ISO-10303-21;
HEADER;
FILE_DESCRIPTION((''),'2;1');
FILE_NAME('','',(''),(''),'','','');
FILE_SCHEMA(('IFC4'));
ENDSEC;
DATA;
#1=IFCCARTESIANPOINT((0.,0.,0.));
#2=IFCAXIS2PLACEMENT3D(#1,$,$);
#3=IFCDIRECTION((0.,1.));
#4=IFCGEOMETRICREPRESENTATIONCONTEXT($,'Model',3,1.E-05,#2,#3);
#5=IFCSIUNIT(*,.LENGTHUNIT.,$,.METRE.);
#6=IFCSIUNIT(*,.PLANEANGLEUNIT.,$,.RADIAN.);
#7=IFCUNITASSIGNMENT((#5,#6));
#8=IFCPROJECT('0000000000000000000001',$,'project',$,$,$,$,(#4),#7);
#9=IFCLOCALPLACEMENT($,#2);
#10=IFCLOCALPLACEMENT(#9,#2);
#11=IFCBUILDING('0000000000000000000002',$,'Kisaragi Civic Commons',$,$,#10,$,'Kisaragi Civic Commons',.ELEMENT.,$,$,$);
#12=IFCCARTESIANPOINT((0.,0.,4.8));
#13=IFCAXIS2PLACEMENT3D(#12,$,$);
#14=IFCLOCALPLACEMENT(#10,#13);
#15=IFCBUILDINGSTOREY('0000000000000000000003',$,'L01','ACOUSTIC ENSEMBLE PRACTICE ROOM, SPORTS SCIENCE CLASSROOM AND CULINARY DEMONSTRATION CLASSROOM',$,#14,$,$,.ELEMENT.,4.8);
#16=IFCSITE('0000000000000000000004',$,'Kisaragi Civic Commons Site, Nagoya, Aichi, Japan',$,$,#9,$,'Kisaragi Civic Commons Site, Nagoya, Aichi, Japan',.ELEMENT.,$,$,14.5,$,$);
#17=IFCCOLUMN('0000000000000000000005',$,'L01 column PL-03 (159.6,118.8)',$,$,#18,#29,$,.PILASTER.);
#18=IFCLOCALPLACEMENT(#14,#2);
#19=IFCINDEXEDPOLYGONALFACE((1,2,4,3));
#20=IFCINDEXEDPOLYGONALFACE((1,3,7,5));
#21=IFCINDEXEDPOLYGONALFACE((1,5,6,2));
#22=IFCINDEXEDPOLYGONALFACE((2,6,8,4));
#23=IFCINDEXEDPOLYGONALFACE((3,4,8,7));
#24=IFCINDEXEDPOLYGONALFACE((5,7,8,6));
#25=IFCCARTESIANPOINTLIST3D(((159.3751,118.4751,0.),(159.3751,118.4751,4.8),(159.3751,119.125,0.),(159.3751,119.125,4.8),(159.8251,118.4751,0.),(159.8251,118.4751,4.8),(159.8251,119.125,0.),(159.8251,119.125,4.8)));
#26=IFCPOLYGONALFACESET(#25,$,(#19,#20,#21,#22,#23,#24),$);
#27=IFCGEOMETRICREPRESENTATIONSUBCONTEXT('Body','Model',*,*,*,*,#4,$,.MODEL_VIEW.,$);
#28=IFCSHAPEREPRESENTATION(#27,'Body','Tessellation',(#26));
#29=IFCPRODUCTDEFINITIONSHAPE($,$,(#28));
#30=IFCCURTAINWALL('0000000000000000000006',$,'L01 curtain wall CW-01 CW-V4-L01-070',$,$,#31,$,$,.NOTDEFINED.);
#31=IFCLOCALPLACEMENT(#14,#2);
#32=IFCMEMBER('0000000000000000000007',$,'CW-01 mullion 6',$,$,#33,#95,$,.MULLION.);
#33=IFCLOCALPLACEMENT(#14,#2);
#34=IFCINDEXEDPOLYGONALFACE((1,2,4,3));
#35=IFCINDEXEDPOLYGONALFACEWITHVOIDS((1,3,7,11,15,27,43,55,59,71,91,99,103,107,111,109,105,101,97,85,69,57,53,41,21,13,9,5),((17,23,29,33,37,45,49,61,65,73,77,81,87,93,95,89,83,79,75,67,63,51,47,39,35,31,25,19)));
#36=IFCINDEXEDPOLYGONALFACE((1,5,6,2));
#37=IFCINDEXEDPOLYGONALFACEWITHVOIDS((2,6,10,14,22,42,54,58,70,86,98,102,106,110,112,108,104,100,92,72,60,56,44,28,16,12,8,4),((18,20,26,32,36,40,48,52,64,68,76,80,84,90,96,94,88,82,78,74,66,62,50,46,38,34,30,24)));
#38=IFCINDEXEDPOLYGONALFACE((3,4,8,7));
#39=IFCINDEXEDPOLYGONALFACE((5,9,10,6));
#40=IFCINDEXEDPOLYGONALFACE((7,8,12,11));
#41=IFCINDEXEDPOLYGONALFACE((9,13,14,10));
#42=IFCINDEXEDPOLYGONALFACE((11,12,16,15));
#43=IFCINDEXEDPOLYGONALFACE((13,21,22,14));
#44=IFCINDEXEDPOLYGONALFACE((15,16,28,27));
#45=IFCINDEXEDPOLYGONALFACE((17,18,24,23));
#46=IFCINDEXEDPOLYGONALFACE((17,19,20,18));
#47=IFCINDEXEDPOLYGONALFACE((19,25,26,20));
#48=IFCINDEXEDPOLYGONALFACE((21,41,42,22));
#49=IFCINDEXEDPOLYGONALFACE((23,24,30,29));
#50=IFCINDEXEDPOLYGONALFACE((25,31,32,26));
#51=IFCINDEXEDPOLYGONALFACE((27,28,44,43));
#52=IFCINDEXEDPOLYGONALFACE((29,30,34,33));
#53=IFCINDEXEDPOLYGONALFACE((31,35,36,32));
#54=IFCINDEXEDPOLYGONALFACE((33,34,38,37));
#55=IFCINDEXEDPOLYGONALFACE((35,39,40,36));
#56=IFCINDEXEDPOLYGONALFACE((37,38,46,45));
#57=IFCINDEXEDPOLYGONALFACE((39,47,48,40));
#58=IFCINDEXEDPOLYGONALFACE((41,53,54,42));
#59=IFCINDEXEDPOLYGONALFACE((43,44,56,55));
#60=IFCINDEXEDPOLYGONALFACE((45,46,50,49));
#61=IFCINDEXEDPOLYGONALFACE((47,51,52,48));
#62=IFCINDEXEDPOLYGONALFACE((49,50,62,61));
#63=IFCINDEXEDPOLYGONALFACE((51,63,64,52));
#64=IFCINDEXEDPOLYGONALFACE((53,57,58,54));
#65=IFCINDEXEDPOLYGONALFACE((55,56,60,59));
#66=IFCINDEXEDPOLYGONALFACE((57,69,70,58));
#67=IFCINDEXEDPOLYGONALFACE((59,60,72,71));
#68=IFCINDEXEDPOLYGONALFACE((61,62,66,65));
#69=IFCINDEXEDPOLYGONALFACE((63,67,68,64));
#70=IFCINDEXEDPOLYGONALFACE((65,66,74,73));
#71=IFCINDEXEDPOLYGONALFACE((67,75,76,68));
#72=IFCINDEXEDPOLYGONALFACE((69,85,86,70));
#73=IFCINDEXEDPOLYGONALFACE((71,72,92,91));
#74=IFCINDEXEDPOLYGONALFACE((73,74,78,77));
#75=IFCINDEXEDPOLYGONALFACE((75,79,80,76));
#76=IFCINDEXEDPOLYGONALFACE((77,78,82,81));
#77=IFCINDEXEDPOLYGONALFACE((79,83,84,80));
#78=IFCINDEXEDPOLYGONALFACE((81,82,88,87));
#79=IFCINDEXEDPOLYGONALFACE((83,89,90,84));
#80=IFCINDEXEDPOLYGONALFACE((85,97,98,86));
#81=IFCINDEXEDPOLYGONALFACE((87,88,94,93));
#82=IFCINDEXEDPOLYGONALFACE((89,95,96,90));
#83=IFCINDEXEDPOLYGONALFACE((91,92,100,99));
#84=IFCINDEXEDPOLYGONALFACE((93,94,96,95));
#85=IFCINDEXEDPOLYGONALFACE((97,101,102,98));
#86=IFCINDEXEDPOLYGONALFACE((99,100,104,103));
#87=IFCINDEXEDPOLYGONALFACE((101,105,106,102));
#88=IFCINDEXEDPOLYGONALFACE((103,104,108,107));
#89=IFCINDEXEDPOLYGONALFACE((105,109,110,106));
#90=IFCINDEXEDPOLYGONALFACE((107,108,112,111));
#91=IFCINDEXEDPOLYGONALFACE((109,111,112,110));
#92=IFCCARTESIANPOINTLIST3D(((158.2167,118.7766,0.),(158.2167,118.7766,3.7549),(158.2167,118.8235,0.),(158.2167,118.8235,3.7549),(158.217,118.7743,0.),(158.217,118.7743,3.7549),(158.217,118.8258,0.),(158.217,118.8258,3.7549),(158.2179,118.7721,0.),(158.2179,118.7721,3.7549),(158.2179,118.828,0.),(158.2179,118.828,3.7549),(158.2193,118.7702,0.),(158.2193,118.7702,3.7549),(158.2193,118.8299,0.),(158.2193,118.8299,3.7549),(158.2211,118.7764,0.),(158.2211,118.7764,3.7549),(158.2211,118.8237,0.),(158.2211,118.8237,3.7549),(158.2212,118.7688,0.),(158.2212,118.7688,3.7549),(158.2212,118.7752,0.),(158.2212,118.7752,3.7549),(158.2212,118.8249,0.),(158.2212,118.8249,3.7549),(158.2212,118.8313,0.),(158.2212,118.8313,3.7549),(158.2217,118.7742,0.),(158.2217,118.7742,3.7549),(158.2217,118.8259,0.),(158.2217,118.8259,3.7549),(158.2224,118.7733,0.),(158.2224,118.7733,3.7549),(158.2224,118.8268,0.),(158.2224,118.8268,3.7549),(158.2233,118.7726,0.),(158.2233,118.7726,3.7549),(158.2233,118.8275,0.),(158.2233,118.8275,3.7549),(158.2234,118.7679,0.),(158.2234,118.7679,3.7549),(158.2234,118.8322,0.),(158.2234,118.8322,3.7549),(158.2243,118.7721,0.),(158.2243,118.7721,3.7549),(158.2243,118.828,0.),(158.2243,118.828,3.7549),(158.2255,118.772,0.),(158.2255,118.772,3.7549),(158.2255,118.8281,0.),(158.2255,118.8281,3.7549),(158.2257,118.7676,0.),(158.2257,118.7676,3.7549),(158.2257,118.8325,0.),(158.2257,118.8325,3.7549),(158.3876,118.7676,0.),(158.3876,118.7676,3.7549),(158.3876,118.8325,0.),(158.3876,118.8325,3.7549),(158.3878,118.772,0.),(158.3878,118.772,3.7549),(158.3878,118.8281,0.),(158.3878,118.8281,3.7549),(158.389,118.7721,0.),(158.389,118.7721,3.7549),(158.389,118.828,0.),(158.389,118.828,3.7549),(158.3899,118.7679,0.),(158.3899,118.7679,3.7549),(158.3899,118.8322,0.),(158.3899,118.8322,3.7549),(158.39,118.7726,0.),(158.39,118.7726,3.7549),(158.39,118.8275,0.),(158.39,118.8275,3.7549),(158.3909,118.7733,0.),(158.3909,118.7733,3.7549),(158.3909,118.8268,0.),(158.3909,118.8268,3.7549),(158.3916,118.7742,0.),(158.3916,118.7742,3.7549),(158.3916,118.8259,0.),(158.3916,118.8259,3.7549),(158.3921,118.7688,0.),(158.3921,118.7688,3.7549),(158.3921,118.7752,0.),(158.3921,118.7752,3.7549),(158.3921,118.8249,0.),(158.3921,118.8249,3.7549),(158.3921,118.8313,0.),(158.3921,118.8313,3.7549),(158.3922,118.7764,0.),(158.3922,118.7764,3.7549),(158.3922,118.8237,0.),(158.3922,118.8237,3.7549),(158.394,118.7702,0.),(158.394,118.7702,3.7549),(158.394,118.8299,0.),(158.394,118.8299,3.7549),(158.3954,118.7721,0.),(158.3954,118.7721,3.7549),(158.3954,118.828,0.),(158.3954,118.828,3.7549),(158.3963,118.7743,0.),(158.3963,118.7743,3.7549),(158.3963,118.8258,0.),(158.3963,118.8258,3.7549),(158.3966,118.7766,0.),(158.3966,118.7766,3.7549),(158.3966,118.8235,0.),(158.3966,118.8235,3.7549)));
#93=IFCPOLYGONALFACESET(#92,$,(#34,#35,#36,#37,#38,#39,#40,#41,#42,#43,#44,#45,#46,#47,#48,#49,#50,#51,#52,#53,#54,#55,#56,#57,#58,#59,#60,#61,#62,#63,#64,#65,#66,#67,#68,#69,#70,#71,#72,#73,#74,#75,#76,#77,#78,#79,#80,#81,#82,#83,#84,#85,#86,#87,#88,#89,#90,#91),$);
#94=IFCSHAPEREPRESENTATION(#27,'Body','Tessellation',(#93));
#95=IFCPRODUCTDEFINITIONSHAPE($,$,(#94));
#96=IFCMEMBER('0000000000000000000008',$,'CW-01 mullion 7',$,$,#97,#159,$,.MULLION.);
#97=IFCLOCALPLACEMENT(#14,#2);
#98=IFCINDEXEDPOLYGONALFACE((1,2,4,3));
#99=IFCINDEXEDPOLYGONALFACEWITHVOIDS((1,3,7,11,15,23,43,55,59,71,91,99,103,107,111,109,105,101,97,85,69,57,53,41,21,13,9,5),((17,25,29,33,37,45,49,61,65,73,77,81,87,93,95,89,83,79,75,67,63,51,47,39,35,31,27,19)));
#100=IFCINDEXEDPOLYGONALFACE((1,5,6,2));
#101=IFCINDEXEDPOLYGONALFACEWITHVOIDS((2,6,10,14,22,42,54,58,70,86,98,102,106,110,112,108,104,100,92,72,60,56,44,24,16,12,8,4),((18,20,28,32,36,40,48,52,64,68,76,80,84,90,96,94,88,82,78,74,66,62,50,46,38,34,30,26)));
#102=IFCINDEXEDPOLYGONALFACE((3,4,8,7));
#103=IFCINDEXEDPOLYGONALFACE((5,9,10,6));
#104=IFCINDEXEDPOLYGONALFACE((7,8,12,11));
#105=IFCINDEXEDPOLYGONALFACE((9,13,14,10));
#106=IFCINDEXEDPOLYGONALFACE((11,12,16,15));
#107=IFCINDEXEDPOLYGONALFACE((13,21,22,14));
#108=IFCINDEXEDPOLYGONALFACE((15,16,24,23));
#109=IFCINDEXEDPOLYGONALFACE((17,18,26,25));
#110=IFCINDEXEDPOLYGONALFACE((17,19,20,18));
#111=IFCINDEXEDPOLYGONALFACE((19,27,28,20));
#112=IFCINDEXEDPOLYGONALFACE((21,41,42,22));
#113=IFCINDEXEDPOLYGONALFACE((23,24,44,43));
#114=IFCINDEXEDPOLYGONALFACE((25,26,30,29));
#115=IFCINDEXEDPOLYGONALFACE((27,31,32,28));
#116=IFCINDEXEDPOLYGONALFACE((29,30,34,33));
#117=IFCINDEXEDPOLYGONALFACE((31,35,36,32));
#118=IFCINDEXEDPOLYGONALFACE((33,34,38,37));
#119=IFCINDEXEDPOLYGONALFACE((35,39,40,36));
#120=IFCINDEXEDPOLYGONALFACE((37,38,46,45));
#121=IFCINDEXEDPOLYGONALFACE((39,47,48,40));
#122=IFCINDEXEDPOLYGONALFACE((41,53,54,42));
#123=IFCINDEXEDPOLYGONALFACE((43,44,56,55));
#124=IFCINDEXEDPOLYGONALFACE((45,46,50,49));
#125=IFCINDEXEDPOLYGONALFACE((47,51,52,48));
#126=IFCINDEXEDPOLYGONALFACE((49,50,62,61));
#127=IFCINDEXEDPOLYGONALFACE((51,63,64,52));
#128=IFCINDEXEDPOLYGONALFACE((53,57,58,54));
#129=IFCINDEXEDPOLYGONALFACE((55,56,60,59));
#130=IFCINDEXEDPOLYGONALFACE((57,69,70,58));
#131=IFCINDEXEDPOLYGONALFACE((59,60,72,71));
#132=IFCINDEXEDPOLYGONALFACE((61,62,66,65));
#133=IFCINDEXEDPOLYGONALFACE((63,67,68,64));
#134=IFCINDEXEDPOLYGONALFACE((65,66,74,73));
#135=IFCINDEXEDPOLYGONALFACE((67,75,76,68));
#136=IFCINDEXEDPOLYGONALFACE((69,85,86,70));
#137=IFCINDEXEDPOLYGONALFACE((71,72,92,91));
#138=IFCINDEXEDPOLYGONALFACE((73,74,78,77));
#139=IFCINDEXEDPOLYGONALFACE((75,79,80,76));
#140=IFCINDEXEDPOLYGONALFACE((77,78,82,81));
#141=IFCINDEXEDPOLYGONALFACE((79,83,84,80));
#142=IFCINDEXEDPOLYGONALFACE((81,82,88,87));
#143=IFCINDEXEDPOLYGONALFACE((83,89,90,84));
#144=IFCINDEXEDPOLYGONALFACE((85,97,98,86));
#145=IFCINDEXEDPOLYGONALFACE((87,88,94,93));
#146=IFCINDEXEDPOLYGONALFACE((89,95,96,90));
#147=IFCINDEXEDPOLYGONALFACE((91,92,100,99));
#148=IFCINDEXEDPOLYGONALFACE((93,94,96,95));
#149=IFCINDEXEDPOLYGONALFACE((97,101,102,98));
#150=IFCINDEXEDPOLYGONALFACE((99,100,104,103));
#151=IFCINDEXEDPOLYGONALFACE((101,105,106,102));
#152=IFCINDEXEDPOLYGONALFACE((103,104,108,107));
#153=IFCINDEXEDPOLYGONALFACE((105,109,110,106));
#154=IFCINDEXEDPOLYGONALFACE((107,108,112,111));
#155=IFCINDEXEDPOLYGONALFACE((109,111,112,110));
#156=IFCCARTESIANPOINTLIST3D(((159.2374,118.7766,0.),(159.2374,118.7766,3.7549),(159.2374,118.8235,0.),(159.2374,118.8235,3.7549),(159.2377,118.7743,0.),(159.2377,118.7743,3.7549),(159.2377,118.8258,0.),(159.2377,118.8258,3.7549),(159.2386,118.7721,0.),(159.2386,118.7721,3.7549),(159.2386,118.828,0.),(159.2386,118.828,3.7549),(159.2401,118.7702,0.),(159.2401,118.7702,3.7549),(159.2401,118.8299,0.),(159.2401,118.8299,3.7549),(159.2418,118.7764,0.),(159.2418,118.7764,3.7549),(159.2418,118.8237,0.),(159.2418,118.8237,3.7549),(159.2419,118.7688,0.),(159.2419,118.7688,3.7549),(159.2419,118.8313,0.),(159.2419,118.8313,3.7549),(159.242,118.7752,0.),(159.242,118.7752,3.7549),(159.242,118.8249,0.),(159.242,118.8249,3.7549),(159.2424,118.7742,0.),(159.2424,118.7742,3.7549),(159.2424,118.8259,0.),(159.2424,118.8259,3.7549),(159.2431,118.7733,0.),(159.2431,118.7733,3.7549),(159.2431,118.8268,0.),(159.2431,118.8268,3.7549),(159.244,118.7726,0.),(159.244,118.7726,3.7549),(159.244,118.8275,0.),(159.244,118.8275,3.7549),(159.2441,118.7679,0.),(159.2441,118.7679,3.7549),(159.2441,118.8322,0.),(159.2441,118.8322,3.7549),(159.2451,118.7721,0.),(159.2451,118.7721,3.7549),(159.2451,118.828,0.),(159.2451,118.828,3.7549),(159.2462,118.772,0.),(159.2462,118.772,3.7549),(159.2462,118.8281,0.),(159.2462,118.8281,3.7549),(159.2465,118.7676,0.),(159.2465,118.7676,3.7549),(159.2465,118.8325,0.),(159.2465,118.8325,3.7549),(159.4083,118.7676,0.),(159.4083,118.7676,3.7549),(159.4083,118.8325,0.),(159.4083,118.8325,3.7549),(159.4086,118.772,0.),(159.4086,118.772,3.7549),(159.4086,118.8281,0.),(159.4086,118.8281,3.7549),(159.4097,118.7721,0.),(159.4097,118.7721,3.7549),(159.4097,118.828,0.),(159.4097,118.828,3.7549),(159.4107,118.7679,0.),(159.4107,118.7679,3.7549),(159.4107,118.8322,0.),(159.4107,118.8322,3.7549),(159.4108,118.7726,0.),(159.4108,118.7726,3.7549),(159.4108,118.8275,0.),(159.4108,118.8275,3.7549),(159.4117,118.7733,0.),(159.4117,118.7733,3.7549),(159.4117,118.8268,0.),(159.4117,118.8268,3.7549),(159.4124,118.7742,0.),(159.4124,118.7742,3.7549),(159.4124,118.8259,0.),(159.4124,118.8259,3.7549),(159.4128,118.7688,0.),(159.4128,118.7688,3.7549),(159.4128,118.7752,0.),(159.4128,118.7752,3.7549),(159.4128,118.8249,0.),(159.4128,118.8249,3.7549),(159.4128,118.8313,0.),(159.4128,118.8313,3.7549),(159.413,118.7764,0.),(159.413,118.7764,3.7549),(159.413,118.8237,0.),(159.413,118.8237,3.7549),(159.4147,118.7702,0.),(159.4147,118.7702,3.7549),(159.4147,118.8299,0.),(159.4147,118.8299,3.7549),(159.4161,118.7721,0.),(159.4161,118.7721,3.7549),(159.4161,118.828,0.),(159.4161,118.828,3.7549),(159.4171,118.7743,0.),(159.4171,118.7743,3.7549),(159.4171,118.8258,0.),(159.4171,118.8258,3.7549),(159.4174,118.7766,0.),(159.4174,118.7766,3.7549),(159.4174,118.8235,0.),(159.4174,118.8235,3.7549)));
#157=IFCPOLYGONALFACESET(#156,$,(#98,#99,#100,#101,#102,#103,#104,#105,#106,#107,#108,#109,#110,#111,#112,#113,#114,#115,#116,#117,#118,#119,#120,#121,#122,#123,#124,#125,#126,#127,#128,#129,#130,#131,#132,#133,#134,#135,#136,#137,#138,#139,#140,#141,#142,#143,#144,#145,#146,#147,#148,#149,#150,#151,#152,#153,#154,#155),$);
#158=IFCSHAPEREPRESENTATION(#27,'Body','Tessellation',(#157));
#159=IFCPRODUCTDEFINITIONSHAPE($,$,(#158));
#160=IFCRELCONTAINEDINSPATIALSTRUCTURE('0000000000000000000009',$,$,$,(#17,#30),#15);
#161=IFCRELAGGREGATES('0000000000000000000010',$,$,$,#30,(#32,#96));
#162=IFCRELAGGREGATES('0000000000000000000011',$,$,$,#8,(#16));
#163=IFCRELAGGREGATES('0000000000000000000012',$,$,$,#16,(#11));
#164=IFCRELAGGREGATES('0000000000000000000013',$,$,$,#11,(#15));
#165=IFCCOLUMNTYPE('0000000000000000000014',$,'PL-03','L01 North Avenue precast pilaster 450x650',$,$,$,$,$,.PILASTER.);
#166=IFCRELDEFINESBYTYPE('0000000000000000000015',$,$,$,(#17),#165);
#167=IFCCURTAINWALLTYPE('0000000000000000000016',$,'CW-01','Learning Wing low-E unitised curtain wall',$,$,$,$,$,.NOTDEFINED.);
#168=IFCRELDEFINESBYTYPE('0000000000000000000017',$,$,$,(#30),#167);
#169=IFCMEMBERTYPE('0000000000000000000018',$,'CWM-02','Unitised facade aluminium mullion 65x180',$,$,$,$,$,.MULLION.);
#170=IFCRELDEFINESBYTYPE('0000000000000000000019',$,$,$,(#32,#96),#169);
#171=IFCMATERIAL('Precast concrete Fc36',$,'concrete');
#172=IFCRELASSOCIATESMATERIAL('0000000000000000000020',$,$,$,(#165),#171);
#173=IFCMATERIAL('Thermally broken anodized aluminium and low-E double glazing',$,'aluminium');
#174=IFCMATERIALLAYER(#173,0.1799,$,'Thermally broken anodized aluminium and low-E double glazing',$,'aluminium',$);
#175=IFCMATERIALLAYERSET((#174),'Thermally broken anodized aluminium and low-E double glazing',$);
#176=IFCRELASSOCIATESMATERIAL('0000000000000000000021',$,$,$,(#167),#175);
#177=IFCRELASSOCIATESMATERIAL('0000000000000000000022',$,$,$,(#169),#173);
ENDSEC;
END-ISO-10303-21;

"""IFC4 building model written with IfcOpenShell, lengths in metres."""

from ifc_helpers import new_model, si_unit, direction, frame, origin, origin_2d, place, context, subcontext, project, spatial, rectangle, hollow_rectangle, extrude, material, layer, layer_set, material_profile, profile_set, type_object, element, aggregate, save


model = new_model("IFC4")

# Units and contexts
model_context = context("Model", 3, precision=1e-05, world=origin(), true_north=direction((0.0, 1.0)))
body_context = subcontext(model_context, "Body", "Model", "MODEL_VIEW")
ifc_project = project(units=[si_unit("LENGTHUNIT", "METRE"), si_unit("PLANEANGLEUNIT", "RADIAN")], contexts=[model_context])

# Site, building, storey
site_placement = place(None, origin())
site = spatial("IfcSite", under=ifc_project, at=site_placement, Name="Kisaragi Civic Commons Site, Nagoya, Aichi, Japan", LongName="Kisaragi Civic Commons Site, Nagoya, Aichi, Japan", CompositionType="ELEMENT", RefElevation=14.5)
building_placement = place(site_placement, origin())
building = spatial("IfcBuilding", under=site, at=building_placement, Name="Kisaragi Civic Commons", LongName="Kisaragi Civic Commons", CompositionType="ELEMENT")
storey_placement = place(building_placement, frame((0.0, 0.0, 4.8)))
storey = spatial("IfcBuildingStorey", under=building, at=storey_placement, Name="L01", Description="ACOUSTIC ENSEMBLE PRACTICE ROOM, SPORTS SCIENCE CLASSROOM AND CULINARY DEMONSTRATION CLASSROOM", CompositionType="ELEMENT", Elevation=4.8)

# Column
ifc_material_1 = material(Name="Precast concrete Fc36", Category="concrete")
ifc_material_profile_1 = material_profile(ifc_material_1, rectangle(XDim=0.45, YDim=0.6499, at=origin_2d()), Name="RC-450x650", Category="concrete")
ifc_profile_set_1 = profile_set([ifc_material_profile_1], Name="Precast concrete Fc36")
column_type = type_object("IfcColumnType", Name="PL-03", Description="L01 North Avenue precast pilaster 450x650", PredefinedType="PILASTER", material=ifc_profile_set_1)
column_placement = place(storey_placement, frame((159.6001, 118.8, 0.0), z_axis=(0.0, 0.0, 1.0), x_axis=(1.0, 0.0, 0.0)))
element("IfcColumn", 1, at=column_placement, inside=storey, type_object=column_type, Name="L01 column PL-03 (159.6,118.8)", PredefinedType="PILASTER", context=body_context, shape_type="SweptSolid", body=[
    extrude(rectangle(XDim=0.45, YDim=0.6499, at=origin_2d()), origin(), (0.0, 0.0, 1.0), 4.8),
])

# Curtain wall, members
ifc_material_2 = material(Name="Thermally broken anodized aluminium and low-E double glazing", Category="aluminium")
ifc_layer_1 = layer(ifc_material_2, 0.1799, Name="Thermally broken anodized aluminium and low-E double glazing", Category="aluminium")
ifc_layer_set_1 = layer_set([ifc_layer_1], Name="Thermally broken anodized aluminium and low-E double glazing")
curtain_wall_type = type_object("IfcCurtainWallType", Name="CW-01", Description="Learning Wing low-E unitised curtain wall", PredefinedType="NOTDEFINED", material=ifc_layer_set_1)
curtain_wall_1_placement = place(storey_placement, origin())
curtain_wall_1 = element("IfcCurtainWall", 2, at=curtain_wall_1_placement, inside=storey, type_object=curtain_wall_type, Name="L01 curtain wall CW-01 CW-V4-L01-070", PredefinedType="NOTDEFINED")
ifc_material_profile_2 = material_profile(ifc_material_2, hollow_rectangle(XDim=0.0649, YDim=0.1799, WallThickness=0.0044, InnerFilletRadius=0.0044, OuterFilletRadius=0.009, at=origin_2d()), Name="CWM-65x180x4.5", Category="aluminium")
ifc_profile_set_2 = profile_set([ifc_material_profile_2], Name="Thermally broken anodized aluminium and low-E double glazing")
member_type_1 = type_object("IfcMemberType", Name="CWM-02", Description="Unitised facade aluminium mullion 65x180", PredefinedType="MULLION", material=ifc_profile_set_2)
member_1_placement = place(storey_placement, frame((158.3066, 118.8, 0.0), z_axis=(0.0, 0.0, 1.0), x_axis=(0.0, 1.0, 0.0)))
member_1 = element("IfcMember", 3, at=member_1_placement, type_object=member_type_1, Name="CW-01 mullion 6", PredefinedType="MULLION", context=body_context, shape_type="SweptSolid", body=[
    extrude(hollow_rectangle(XDim=0.0649, YDim=0.1799, WallThickness=0.0044, InnerFilletRadius=0.0044, OuterFilletRadius=0.009, at=origin_2d()), origin(), (0.0, 0.0, 1.0), 3.7549),
])
member_2_placement = place(storey_placement, frame((159.3274, 118.8, 0.0), z_axis=(0.0, 0.0, 1.0), x_axis=(0.0, 1.0, 0.0)))
member_2 = element("IfcMember", 4, at=member_2_placement, type_object=member_type_1, Name="CW-01 mullion 7", PredefinedType="MULLION", context=body_context, shape_type="SweptSolid", body=[
    extrude(hollow_rectangle(XDim=0.0649, YDim=0.1799, WallThickness=0.0044, InnerFilletRadius=0.0044, OuterFilletRadius=0.009, at=origin_2d()), origin(), (0.0, 0.0, 1.0), 3.7549),
])

aggregate(curtain_wall_1, [member_1, member_2])

save(model, "model.ifc")
